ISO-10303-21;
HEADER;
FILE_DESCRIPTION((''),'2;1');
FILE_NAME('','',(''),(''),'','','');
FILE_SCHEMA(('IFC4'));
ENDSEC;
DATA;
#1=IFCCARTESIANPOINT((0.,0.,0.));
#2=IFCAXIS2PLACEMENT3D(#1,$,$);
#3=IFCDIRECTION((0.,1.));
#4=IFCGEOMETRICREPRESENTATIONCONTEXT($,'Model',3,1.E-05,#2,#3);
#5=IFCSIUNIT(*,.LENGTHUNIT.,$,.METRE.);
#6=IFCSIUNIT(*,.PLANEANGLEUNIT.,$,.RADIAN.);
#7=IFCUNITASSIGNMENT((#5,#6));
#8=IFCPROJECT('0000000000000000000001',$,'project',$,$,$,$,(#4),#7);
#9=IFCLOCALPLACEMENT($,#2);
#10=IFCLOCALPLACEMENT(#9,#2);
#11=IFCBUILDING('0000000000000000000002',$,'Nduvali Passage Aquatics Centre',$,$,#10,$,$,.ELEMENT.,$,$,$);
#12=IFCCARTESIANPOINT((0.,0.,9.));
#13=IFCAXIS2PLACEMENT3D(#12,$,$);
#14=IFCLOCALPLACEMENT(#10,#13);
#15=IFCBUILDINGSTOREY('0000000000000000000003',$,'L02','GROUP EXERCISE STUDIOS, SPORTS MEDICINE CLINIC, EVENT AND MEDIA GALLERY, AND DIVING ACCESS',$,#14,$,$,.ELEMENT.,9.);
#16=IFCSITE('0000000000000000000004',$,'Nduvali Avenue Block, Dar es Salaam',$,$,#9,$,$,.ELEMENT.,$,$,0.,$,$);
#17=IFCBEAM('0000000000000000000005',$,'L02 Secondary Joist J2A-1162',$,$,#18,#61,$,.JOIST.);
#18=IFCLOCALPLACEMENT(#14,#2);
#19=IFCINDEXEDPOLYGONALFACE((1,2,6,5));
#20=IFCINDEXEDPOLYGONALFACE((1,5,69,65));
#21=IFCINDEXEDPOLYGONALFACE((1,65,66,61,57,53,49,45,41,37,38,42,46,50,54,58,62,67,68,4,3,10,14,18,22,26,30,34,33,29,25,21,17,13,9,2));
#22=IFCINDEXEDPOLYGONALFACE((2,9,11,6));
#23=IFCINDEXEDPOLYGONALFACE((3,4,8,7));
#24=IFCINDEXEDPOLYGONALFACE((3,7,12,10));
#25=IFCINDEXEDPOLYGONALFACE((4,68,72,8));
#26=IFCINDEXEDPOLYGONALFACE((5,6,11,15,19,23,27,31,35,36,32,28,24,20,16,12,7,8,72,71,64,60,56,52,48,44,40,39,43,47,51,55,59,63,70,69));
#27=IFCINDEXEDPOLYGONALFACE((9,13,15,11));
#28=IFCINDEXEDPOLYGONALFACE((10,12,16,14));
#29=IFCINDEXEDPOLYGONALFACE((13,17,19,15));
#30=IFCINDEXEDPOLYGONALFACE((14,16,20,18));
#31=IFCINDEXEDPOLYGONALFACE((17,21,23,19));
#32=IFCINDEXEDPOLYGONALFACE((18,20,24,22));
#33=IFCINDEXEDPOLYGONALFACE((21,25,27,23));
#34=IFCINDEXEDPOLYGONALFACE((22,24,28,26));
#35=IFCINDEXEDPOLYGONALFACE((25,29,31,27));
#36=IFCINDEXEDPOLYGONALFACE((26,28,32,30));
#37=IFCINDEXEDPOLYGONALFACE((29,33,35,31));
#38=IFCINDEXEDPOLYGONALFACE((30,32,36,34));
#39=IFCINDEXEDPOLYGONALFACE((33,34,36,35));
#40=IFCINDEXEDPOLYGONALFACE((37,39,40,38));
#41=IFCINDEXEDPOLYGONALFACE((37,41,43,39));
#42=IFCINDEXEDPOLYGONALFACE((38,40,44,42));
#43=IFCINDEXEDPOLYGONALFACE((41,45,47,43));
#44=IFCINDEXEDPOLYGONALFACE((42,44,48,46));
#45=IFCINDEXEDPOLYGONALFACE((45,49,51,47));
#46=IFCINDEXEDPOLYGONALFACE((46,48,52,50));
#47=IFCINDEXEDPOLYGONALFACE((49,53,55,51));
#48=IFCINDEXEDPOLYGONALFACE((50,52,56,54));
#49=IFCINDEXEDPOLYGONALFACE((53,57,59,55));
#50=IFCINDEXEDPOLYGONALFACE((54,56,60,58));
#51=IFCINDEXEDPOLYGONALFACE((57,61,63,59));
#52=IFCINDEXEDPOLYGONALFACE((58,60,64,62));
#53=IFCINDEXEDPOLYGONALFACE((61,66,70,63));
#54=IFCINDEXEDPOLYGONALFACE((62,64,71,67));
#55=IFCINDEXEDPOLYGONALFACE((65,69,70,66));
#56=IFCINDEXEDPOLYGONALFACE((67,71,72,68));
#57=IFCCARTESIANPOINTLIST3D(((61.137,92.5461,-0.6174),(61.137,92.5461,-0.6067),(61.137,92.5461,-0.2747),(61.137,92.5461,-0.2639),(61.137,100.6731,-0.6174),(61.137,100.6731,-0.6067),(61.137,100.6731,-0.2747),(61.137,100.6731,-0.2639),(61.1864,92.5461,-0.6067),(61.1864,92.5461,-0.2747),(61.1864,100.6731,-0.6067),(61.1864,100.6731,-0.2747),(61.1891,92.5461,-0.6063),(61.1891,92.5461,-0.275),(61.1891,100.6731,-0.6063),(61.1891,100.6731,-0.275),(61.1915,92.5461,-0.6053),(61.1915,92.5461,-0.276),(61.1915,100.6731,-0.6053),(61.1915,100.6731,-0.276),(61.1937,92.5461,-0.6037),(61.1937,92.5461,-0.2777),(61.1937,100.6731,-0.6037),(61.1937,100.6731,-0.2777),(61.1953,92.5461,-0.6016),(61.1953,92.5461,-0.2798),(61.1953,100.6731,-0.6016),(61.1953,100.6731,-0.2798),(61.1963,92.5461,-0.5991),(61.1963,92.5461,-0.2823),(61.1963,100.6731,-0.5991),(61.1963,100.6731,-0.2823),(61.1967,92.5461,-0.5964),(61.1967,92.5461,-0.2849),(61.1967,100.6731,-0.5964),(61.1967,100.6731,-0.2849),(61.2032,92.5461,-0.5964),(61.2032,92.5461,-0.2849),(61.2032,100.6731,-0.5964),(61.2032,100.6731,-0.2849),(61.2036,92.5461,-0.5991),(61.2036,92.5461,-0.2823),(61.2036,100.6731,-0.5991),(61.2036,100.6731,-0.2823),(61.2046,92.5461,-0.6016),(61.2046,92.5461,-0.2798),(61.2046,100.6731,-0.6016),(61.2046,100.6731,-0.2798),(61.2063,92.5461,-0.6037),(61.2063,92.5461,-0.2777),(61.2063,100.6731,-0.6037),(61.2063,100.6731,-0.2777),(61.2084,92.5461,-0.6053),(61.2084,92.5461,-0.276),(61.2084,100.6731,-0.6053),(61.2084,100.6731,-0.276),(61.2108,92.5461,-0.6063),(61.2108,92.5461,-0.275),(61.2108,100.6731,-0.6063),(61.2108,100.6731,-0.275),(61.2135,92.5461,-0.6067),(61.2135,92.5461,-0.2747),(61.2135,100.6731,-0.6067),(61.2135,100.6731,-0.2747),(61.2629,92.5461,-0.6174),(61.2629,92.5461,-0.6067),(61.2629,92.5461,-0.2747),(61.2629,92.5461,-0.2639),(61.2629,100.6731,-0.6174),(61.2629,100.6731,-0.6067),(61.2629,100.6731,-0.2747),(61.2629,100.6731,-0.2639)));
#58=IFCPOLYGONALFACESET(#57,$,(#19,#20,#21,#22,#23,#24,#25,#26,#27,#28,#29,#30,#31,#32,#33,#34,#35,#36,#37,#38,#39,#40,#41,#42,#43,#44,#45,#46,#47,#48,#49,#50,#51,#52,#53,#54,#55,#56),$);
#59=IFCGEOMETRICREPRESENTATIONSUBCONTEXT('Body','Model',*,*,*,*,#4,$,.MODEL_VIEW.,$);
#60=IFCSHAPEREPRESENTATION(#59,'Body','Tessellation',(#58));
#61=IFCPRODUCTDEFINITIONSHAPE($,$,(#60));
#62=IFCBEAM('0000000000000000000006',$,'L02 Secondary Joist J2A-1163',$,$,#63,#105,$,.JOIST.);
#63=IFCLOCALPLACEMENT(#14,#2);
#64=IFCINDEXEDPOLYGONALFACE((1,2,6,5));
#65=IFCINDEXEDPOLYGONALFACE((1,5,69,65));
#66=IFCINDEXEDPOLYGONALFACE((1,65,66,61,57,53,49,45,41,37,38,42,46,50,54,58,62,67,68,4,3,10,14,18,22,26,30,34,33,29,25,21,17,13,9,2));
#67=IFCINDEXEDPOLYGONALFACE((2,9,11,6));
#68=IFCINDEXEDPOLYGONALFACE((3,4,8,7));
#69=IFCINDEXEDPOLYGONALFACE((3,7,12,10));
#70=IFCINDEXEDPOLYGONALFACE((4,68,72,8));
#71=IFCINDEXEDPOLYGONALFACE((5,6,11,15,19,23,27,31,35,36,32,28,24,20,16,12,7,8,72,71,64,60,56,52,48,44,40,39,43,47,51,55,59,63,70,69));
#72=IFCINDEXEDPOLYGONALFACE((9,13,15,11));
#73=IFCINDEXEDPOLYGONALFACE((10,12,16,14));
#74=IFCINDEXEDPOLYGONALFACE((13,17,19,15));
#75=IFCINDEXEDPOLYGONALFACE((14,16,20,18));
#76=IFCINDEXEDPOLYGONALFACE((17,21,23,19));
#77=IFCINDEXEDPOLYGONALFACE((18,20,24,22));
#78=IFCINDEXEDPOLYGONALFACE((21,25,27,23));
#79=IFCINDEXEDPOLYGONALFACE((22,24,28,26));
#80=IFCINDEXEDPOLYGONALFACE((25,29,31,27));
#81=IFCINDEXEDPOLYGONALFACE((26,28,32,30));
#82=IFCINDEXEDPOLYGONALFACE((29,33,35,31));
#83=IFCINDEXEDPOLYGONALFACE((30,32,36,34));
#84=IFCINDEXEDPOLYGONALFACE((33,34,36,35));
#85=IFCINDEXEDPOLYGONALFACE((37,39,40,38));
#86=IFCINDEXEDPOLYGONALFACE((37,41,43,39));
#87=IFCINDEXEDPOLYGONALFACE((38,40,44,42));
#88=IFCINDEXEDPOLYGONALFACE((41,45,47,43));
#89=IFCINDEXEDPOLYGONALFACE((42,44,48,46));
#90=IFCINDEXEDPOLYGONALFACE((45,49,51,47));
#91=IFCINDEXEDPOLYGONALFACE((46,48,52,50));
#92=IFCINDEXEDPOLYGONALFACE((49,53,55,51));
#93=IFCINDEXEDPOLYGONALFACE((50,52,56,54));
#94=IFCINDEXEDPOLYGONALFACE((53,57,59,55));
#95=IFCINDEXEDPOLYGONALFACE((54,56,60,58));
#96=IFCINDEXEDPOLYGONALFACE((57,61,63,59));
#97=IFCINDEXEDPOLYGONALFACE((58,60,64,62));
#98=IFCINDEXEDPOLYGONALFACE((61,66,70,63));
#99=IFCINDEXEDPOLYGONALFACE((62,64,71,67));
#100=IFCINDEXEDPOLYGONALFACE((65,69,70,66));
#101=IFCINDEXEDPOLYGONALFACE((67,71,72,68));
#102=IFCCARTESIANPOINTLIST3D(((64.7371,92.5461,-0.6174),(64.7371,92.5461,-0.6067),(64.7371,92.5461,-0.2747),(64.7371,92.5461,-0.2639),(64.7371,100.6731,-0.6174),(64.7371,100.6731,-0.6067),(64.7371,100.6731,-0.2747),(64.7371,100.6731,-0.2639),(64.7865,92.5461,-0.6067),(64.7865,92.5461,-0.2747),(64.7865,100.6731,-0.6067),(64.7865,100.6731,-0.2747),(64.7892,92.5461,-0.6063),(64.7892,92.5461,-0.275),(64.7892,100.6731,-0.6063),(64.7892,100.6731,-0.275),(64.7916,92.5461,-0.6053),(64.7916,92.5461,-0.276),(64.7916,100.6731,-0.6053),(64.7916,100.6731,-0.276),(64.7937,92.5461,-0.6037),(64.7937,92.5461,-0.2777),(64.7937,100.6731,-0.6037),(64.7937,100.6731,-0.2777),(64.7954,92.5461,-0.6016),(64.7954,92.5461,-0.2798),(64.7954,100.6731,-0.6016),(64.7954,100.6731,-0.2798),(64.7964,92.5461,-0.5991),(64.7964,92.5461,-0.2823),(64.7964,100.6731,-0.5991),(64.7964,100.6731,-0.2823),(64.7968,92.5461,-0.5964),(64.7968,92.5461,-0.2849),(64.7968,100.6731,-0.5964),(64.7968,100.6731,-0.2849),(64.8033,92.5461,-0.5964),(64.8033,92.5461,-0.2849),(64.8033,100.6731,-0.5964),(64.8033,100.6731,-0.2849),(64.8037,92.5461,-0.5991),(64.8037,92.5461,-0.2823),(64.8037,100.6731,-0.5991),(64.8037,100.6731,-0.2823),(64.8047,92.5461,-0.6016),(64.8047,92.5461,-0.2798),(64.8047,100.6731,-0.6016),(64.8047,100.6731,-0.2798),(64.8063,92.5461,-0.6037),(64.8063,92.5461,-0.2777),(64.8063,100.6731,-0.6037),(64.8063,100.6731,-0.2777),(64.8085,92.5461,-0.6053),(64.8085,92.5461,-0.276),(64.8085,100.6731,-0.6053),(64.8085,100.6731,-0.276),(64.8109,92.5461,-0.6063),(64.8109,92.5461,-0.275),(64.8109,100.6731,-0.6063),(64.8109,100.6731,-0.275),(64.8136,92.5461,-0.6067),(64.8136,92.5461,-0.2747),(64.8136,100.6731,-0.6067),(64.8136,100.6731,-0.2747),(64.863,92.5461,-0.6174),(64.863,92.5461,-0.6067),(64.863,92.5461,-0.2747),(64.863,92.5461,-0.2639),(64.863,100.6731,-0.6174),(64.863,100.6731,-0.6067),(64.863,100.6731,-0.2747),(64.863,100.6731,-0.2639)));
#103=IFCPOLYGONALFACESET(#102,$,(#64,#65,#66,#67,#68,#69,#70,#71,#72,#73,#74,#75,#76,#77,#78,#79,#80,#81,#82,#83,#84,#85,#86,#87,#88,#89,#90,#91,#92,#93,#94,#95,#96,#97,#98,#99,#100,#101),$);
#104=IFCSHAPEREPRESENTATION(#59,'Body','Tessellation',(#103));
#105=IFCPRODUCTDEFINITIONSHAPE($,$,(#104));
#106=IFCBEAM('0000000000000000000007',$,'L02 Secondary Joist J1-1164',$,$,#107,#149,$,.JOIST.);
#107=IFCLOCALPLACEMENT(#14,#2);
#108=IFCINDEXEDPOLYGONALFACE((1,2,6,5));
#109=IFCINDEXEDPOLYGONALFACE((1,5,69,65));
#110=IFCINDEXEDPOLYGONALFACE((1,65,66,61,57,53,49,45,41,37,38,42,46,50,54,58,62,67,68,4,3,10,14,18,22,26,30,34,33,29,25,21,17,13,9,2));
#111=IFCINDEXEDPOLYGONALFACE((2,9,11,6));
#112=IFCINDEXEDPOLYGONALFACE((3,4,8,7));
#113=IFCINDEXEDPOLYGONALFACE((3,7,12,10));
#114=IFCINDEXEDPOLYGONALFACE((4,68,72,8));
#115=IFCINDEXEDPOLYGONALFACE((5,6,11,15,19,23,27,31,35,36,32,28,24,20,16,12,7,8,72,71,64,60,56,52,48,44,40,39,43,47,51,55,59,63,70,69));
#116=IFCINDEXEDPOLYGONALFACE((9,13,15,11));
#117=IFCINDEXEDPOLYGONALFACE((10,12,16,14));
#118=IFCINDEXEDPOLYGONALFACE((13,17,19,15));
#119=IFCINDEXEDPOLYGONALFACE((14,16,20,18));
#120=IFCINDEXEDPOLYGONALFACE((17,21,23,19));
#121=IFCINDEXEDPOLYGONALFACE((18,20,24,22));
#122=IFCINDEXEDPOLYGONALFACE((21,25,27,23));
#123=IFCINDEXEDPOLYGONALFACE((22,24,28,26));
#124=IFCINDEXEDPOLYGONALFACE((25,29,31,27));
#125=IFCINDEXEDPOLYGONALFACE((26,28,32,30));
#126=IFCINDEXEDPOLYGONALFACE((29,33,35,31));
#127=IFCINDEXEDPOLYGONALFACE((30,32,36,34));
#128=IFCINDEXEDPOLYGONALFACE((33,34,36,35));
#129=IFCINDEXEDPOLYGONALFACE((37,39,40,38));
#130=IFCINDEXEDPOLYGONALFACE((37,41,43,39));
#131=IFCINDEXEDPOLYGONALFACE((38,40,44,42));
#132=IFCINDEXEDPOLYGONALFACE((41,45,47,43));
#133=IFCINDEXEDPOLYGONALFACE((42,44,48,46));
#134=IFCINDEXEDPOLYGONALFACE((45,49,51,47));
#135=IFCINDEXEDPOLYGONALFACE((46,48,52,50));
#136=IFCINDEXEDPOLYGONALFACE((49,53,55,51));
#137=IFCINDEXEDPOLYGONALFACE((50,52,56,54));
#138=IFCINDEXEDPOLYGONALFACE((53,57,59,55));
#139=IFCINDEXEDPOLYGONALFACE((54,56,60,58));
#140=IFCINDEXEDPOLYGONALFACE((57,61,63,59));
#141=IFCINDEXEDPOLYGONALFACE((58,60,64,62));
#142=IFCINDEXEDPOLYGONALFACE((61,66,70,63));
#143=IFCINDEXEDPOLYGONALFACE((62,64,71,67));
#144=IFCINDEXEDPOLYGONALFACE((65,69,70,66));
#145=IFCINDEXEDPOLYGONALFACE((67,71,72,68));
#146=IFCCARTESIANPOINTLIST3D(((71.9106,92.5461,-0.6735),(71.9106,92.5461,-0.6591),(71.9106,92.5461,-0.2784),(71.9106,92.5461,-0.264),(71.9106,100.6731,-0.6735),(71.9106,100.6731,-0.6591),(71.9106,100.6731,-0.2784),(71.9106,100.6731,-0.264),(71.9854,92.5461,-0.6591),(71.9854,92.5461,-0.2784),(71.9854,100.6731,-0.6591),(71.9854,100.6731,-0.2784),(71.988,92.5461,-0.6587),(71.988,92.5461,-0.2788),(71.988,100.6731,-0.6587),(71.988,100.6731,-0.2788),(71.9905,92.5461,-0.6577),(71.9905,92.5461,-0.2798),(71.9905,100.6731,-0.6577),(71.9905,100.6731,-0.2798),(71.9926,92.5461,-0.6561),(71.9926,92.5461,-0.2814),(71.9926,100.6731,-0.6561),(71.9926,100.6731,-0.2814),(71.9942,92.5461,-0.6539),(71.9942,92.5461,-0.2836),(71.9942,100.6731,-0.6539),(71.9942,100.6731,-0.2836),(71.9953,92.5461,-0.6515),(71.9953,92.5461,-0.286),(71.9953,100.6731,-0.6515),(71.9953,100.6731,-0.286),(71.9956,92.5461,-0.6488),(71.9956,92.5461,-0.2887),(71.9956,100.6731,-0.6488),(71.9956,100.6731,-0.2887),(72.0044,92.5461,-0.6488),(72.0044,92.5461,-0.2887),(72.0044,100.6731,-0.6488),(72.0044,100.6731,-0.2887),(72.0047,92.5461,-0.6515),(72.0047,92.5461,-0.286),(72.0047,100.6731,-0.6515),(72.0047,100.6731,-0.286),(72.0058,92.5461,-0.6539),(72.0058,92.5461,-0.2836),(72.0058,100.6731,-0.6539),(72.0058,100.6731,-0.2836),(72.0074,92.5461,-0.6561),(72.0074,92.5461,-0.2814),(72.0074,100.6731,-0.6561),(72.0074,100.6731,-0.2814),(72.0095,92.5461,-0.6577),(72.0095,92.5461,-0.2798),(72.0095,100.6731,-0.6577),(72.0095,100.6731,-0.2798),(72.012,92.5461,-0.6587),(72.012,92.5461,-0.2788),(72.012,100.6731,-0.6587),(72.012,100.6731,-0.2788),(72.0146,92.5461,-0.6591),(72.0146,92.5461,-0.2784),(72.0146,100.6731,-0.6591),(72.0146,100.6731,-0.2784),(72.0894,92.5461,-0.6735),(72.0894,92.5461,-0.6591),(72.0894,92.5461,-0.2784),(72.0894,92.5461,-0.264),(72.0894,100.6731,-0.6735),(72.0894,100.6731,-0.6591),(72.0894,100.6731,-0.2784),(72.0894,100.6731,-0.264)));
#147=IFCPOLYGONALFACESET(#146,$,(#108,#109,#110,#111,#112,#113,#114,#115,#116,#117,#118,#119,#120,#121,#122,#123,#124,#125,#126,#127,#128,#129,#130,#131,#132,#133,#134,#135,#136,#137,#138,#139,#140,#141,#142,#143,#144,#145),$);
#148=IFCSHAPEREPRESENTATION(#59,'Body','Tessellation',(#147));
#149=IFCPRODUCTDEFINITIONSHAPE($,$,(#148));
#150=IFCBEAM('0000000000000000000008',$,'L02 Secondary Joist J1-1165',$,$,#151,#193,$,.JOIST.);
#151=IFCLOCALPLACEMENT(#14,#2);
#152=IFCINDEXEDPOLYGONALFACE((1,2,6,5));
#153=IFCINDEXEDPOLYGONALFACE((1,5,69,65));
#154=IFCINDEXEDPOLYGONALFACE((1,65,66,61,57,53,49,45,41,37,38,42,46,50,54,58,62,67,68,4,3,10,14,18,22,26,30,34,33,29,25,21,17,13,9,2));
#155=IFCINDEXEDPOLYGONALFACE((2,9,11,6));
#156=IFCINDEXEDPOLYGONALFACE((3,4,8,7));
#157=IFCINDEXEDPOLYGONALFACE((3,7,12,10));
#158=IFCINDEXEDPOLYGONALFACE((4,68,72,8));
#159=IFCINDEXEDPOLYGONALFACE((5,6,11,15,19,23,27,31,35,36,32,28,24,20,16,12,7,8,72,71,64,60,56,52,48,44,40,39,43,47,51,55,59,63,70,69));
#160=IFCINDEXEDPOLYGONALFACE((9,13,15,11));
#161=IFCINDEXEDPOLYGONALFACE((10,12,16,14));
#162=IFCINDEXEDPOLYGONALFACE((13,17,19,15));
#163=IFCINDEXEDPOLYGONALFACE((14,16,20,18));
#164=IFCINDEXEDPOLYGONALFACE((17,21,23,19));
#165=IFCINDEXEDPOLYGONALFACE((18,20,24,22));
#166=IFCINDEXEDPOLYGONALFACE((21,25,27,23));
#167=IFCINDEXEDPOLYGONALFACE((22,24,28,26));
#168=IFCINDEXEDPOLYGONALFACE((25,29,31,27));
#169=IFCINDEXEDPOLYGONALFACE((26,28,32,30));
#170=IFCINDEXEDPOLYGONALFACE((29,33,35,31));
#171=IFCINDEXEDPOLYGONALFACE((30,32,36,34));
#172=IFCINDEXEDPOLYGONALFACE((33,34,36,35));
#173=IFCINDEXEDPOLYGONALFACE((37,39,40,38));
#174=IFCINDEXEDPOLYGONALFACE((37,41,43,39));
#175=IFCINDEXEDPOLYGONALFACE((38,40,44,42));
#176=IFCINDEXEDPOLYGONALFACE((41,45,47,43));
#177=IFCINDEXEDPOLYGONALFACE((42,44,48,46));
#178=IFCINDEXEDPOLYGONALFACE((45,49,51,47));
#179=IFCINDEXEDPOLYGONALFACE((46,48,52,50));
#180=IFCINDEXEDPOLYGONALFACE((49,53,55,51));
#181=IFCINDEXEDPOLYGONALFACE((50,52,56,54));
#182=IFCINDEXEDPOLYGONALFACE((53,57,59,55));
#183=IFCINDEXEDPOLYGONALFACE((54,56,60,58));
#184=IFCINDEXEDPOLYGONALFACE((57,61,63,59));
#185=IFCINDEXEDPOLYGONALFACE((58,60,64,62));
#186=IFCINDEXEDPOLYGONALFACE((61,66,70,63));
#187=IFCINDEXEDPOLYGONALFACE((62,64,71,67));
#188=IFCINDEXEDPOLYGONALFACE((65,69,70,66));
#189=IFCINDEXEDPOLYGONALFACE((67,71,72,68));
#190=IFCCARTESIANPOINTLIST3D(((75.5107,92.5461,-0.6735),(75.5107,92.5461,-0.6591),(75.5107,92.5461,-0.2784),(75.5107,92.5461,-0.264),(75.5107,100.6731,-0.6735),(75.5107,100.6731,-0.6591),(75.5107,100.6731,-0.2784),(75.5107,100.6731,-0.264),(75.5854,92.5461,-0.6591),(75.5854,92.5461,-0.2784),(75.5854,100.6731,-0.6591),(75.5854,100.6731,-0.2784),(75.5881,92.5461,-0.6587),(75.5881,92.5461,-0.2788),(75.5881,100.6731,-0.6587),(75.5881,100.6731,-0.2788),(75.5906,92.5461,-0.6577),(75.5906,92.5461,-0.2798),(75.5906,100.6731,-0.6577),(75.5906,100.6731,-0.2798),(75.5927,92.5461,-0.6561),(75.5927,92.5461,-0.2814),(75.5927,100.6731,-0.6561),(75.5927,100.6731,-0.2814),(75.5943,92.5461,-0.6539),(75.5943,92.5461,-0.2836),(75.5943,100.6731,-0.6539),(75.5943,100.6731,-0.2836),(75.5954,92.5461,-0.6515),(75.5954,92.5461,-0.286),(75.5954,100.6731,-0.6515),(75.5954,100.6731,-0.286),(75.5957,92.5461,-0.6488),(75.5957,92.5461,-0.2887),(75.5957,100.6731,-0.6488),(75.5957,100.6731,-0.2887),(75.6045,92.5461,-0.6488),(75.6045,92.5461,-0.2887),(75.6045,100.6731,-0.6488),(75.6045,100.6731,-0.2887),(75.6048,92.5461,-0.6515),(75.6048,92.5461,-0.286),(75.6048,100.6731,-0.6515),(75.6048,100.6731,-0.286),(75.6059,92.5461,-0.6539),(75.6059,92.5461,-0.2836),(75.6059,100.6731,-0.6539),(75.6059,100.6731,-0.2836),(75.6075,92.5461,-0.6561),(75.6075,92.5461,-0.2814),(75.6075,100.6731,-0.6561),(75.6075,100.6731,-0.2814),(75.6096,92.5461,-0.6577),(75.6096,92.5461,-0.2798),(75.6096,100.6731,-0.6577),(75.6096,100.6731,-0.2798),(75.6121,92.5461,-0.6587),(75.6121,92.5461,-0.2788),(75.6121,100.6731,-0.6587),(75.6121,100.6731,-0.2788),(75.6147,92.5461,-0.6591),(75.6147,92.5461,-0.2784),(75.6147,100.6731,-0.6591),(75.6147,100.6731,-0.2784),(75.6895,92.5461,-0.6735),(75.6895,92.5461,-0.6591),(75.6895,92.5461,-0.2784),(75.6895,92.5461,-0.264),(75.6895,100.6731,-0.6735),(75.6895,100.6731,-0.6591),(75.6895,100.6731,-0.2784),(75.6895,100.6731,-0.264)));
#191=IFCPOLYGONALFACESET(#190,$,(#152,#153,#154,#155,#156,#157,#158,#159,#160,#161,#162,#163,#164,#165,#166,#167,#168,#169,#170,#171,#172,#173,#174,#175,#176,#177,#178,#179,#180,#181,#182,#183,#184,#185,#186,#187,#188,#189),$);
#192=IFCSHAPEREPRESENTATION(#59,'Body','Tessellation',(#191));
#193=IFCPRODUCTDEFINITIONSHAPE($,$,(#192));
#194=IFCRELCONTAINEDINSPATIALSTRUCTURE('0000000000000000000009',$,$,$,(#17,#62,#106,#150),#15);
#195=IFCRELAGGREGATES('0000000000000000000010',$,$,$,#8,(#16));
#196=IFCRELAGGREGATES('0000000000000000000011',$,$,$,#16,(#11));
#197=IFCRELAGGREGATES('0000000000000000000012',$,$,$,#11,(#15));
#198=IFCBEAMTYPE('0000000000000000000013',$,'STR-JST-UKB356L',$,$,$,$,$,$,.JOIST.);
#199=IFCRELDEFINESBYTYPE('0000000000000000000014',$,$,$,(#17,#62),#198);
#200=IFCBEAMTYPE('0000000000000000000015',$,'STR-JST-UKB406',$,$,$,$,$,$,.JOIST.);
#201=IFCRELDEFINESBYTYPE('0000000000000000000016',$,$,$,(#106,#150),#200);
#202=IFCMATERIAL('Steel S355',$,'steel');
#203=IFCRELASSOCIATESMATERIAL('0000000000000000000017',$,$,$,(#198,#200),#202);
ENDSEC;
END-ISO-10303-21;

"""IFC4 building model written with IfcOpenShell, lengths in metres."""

from ifc_helpers import new_model, si_unit, direction, frame, origin, origin_2d, place, context, subcontext, project, spatial, i_section, extrude, material, material_profile, profile_set, type_object, element, save


model = new_model("IFC4")

# Units and contexts
model_context = context("Model", 3, precision=1e-05, world=origin(), true_north=direction((0.0, 1.0)))
body_context = subcontext(model_context, "Body", "Model", "MODEL_VIEW")
ifc_project = project(units=[si_unit("LENGTHUNIT", "METRE"), si_unit("PLANEANGLEUNIT", "RADIAN")], contexts=[model_context])

# Site, building, storey
site_placement = place(None, origin())
site = spatial("IfcSite", under=ifc_project, at=site_placement, Name="Nduvali Avenue Block, Dar es Salaam", CompositionType="ELEMENT", RefElevation=0.0)
building_placement = place(site_placement, origin())
building = spatial("IfcBuilding", under=site, at=building_placement, Name="Nduvali Passage Aquatics Centre", CompositionType="ELEMENT")
storey_placement = place(building_placement, frame((0.0, 0.0, 9.0)))
storey = spatial("IfcBuildingStorey", under=building, at=storey_placement, Name="L02", Description="GROUP EXERCISE STUDIOS, SPORTS MEDICINE CLINIC, EVENT AND MEDIA GALLERY, AND DIVING ACCESS", CompositionType="ELEMENT", Elevation=9.0)

# Shared definitions
ifc_material_1 = material(Name="Steel S355", Category="steel")

# Beams
ifc_material_profile_1 = material_profile(ifc_material_1, i_section(OverallWidth=0.126, OverallDepth=0.3535, WebThickness=0.0066, FlangeThickness=0.0107, FilletRadius=0.0103, at=origin_2d()), Name="UKB 356x127x39")
ifc_profile_set_1 = profile_set([ifc_material_profile_1], Name="Steel S355")
beam_type_1 = type_object("IfcBeamType", Name="STR-JST-UKB356L", PredefinedType="JOIST", material=ifc_profile_set_1)
for number, where, z_axis, x_axis, name in (
    (1, (61.2, 92.5461, -0.4407), (0.0, 1.0, 0.0), (-1.0, 0.0, 0.0), "L02 Secondary Joist J2A-1162"),
    (2, (64.8, 92.5461, -0.4407), (0.0, 1.0, 0.0), (-1.0, 0.0, 0.0), "L02 Secondary Joist J2A-1163"),
):
    element("IfcBeam", number, at=place(storey_placement, frame(where, z_axis=z_axis, x_axis=x_axis)), inside=storey, type_object=beam_type_1, Name=name, PredefinedType="JOIST", context=body_context, shape_type="SweptSolid", body=[
        extrude(i_section(OverallWidth=0.126, OverallDepth=0.3535, WebThickness=0.0066, FlangeThickness=0.0107, FilletRadius=0.0103, at=origin_2d()), origin(), (0.0, 0.0, 1.0), 8.127),
    ])
ifc_material_profile_2 = material_profile(ifc_material_1, i_section(OverallWidth=0.1787, OverallDepth=0.4094, WebThickness=0.0088, FlangeThickness=0.0144, FilletRadius=0.0103, at=origin_2d()), Name="UKB 406x178x67")
ifc_profile_set_2 = profile_set([ifc_material_profile_2], Name="Steel S355")
beam_type_2 = type_object("IfcBeamType", Name="STR-JST-UKB406", PredefinedType="JOIST", material=ifc_profile_set_2)
for number, where, z_axis, x_axis, name in (
    (3, (72.0, 92.5461, -0.4688), (0.0, 1.0, 0.0), (-1.0, 0.0, 0.0), "L02 Secondary Joist J1-1164"),
    (4, (75.6001, 92.5461, -0.4688), (0.0, 1.0, 0.0), (-1.0, 0.0, 0.0), "L02 Secondary Joist J1-1165"),
):
    element("IfcBeam", number, at=place(storey_placement, frame(where, z_axis=z_axis, x_axis=x_axis)), inside=storey, type_object=beam_type_2, Name=name, PredefinedType="JOIST", context=body_context, shape_type="SweptSolid", body=[
        extrude(i_section(OverallWidth=0.1787, OverallDepth=0.4094, WebThickness=0.0088, FlangeThickness=0.0144, FilletRadius=0.0103, at=origin_2d()), origin(), (0.0, 0.0, 1.0), 8.127),
    ])

save(model, "model.ifc")
